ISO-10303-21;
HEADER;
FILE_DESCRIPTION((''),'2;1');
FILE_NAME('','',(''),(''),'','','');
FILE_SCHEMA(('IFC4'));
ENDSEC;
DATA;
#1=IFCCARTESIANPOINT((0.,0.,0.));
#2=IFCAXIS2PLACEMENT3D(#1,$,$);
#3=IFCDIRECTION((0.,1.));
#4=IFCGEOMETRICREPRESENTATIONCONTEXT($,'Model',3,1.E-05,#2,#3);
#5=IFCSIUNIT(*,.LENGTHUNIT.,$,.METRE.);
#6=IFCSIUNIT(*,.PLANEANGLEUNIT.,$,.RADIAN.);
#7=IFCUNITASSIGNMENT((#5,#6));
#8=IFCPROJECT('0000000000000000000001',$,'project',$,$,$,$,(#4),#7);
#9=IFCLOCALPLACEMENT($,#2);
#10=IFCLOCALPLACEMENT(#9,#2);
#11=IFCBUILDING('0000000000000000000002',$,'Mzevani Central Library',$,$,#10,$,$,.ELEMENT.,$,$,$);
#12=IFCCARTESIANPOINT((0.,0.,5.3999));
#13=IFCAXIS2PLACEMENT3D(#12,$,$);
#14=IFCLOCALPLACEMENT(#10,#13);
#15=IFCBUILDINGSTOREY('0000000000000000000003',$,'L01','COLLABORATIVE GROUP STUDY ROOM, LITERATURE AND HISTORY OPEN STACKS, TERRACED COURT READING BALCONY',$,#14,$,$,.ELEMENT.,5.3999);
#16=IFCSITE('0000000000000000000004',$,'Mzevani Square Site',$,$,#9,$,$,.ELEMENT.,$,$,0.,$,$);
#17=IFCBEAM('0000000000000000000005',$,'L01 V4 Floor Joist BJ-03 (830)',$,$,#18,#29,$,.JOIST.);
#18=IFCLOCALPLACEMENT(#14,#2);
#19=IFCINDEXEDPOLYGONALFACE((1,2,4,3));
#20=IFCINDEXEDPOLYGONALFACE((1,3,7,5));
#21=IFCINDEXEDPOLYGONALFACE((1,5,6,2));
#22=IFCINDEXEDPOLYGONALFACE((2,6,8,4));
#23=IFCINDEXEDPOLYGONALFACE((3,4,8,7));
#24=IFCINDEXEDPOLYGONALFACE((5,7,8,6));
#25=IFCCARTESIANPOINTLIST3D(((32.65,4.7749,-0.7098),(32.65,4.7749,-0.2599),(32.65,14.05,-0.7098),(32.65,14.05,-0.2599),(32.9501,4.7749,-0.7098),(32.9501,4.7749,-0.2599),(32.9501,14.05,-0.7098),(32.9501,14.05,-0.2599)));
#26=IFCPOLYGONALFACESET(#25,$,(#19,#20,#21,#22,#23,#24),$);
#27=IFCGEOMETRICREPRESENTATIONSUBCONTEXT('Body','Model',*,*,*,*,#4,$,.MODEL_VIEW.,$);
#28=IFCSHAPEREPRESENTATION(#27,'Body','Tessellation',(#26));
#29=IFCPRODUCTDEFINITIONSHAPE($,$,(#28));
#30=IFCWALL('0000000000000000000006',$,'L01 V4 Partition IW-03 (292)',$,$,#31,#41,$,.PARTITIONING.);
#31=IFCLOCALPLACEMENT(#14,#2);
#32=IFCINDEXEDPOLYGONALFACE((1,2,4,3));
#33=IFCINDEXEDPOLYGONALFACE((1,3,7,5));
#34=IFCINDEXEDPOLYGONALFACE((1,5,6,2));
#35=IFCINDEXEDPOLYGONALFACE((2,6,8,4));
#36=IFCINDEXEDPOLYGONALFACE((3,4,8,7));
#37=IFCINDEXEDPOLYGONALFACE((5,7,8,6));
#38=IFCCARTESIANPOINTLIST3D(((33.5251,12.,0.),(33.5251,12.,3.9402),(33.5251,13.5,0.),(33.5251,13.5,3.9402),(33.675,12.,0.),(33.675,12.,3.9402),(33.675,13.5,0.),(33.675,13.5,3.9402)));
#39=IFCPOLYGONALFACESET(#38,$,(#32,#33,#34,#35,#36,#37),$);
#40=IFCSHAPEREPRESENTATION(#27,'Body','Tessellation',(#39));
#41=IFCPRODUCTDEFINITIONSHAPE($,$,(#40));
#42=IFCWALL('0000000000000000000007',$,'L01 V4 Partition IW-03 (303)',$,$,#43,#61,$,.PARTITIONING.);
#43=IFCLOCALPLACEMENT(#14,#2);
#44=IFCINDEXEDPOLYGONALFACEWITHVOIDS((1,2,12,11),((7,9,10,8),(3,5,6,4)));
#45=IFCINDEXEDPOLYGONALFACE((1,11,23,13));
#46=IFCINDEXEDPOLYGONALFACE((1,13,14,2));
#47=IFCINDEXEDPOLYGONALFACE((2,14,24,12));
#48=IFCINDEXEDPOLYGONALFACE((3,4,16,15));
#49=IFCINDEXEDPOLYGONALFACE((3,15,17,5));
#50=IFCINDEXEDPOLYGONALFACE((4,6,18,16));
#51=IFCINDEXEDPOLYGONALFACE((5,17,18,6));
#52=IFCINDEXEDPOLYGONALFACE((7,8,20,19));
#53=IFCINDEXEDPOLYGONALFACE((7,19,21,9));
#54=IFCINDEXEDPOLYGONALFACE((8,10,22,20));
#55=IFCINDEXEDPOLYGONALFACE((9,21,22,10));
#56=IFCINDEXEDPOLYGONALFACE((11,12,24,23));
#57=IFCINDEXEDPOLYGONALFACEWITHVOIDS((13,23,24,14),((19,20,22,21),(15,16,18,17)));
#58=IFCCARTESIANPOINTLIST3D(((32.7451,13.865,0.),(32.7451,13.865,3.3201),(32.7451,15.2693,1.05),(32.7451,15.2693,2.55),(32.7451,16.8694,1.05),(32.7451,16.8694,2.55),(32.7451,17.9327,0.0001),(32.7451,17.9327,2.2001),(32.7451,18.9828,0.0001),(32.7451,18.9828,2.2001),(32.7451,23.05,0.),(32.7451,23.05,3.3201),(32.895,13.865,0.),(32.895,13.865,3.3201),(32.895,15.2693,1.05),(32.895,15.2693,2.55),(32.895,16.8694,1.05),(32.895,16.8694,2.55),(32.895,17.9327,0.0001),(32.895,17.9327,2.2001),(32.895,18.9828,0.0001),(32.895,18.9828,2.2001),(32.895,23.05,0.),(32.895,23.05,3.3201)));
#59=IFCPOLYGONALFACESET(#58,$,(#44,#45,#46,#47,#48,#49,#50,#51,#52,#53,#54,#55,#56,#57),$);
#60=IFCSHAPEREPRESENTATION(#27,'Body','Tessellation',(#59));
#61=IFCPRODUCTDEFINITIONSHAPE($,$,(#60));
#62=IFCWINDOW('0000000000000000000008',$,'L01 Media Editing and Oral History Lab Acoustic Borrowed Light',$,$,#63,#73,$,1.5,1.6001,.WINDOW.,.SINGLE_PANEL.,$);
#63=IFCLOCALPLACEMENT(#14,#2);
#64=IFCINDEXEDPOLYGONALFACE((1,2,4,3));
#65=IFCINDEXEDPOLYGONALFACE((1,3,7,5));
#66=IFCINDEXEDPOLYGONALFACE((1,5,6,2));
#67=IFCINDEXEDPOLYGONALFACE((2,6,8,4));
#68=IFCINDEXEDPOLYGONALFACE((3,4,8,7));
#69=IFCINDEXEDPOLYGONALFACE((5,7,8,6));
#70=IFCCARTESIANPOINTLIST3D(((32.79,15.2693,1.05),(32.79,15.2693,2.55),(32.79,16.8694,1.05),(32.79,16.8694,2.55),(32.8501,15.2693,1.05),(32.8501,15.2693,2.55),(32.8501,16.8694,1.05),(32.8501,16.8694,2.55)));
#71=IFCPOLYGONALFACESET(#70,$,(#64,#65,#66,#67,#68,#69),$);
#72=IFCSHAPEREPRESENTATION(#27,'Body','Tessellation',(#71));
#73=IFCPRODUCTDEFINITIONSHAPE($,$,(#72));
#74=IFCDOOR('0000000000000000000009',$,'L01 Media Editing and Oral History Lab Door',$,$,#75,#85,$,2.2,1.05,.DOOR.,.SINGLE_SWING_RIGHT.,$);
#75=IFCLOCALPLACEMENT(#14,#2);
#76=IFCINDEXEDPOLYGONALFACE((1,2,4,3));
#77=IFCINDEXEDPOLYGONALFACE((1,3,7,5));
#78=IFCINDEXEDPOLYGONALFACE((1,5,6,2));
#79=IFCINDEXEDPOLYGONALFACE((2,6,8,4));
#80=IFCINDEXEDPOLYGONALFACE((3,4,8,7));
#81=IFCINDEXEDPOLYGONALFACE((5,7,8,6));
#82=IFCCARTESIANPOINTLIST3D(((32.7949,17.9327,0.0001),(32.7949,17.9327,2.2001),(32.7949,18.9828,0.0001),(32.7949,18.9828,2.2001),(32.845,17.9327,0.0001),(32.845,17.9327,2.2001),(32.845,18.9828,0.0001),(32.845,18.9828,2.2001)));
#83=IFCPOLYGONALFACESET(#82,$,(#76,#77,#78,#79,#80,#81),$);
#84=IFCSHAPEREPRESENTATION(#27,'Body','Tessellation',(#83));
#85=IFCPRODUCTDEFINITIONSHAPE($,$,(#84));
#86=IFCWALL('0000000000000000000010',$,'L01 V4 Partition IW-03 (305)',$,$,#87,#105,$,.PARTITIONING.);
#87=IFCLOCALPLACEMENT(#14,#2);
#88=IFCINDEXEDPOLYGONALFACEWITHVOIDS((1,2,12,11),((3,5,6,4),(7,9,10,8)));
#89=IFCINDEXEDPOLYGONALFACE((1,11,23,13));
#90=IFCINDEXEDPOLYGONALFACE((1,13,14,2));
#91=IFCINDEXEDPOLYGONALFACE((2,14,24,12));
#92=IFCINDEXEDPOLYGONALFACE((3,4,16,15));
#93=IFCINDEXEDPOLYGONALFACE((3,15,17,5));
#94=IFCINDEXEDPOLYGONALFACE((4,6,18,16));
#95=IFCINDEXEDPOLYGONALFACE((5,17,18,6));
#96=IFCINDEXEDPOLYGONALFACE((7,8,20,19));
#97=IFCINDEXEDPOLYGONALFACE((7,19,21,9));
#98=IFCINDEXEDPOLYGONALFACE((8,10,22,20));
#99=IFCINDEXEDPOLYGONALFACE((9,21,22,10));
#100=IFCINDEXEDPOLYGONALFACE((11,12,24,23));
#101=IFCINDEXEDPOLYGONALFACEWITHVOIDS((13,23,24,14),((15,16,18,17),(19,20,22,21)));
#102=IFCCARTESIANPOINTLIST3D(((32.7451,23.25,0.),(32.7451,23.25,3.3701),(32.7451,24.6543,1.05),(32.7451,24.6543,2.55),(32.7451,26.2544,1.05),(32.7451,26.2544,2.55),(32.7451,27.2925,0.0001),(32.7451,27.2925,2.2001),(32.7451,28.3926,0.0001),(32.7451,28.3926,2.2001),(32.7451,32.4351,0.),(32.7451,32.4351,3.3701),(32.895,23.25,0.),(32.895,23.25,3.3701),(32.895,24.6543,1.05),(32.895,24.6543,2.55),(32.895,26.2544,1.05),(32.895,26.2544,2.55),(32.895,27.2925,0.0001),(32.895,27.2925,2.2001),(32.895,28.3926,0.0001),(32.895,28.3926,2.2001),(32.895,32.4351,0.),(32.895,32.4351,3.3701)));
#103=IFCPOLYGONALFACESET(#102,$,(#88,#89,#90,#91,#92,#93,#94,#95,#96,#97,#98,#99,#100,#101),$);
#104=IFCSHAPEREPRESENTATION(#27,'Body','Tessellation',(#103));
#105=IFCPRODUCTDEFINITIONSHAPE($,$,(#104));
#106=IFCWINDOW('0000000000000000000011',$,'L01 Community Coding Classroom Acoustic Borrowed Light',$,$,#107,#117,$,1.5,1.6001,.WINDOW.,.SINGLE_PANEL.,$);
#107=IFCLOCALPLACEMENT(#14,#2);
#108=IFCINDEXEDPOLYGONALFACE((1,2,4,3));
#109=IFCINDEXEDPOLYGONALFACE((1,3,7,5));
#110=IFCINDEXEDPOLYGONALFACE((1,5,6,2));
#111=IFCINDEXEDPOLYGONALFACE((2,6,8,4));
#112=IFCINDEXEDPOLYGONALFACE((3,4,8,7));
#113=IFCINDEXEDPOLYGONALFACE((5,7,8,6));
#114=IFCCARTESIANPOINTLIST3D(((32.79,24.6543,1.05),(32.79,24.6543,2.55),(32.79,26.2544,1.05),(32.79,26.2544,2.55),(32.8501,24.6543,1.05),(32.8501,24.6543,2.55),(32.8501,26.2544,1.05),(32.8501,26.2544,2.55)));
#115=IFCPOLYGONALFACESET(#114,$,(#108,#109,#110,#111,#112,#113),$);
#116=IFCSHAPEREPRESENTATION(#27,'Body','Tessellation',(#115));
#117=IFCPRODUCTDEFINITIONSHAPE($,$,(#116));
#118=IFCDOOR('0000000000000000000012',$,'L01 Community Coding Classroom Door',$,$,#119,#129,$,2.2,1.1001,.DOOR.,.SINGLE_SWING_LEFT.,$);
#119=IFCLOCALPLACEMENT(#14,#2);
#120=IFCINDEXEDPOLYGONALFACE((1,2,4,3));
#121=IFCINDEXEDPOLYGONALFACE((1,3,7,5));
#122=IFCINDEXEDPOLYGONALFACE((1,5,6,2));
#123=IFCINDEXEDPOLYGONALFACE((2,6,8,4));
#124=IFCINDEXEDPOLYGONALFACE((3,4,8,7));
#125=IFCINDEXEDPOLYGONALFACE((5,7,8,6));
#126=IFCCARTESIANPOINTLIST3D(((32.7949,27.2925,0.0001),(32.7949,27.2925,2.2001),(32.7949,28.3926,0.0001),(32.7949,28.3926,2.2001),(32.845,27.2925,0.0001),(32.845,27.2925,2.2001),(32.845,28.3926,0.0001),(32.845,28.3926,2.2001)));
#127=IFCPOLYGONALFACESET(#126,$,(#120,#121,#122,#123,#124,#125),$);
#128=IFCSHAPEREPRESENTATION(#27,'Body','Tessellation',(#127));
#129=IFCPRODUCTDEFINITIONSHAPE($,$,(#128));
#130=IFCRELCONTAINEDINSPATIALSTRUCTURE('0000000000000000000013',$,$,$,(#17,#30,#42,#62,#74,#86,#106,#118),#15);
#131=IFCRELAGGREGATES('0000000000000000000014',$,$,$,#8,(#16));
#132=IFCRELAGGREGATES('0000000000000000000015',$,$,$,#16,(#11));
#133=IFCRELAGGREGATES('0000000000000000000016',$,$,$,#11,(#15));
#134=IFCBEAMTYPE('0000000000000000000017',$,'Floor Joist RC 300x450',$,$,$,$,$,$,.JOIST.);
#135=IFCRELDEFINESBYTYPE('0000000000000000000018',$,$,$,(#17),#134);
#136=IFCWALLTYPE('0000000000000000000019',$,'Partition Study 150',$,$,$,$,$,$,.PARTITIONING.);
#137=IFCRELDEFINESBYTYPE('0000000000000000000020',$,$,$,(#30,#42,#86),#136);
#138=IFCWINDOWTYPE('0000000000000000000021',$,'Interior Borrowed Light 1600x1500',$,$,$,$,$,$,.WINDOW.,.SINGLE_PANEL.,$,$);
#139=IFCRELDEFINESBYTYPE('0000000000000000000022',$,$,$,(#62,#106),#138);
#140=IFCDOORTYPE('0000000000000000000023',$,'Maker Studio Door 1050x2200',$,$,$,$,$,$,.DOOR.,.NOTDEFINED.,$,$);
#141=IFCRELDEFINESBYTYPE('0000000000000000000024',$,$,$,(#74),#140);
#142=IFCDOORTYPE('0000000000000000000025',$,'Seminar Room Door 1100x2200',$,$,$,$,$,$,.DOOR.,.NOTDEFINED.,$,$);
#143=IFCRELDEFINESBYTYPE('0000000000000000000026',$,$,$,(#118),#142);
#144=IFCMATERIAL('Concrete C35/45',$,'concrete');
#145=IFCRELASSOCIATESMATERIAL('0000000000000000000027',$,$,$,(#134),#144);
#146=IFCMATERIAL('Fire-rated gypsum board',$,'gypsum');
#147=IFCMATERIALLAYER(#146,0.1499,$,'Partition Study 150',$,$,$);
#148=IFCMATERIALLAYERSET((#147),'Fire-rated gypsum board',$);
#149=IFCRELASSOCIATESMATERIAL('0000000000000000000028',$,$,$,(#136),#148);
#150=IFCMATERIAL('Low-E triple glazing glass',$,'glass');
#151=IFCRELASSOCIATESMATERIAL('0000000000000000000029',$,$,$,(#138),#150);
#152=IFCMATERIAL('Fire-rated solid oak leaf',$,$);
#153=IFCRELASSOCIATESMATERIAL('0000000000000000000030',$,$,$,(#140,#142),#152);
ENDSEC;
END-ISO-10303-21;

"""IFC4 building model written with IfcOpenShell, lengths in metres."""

from ifc_helpers import new_model, si_unit, direction, frame, frame_2d, origin, origin_2d, place, context, subcontext, project, spatial, rectangle, extrude, material, layer, layer_set, material_profile, profile_set, type_object, element, fill, save


model = new_model("IFC4")

# Units and contexts
model_context = context("Model", 3, precision=1e-05, world=origin(), true_north=direction((0.0, 1.0)))
body_context = subcontext(model_context, "Body", "Model", "MODEL_VIEW")
ifc_project = project(units=[si_unit("LENGTHUNIT", "METRE"), si_unit("PLANEANGLEUNIT", "RADIAN")], contexts=[model_context])

# Site, building, storey
site_placement = place(None, origin())
site = spatial("IfcSite", under=ifc_project, at=site_placement, Name="Mzevani Square Site", CompositionType="ELEMENT", RefElevation=0.0)
building_placement = place(site_placement, origin())
building = spatial("IfcBuilding", under=site, at=building_placement, Name="Mzevani Central Library", CompositionType="ELEMENT")
storey_placement = place(building_placement, frame((0.0, 0.0, 5.3999)))
storey = spatial("IfcBuildingStorey", under=building, at=storey_placement, Name="L01", Description="COLLABORATIVE GROUP STUDY ROOM, LITERATURE AND HISTORY OPEN STACKS, TERRACED COURT READING BALCONY", CompositionType="ELEMENT", Elevation=5.3999)

# Beam
ifc_material_1 = material(Name="Concrete C35/45", Category="concrete")
ifc_material_profile_1 = material_profile(ifc_material_1, rectangle(XDim=0.3, YDim=0.45, at=origin_2d()), Name="RC J300x450")
ifc_profile_set_1 = profile_set([ifc_material_profile_1], Name="Concrete C35/45")
beam_type_1 = type_object("IfcBeamType", Name="Floor Joist RC 300x450", PredefinedType="JOIST", material=ifc_profile_set_1)
beam_1_placement = place(storey_placement, frame((32.8, 4.7749, -0.4849), z_axis=(0.0, 1.0, 0.0), x_axis=(-1.0, 0.0, 0.0)))
element("IfcBeam", 1, at=beam_1_placement, inside=storey, type_object=beam_type_1, Name="L01 V4 Floor Joist BJ-03 (830)", PredefinedType="JOIST", context=body_context, shape_type="SweptSolid", body=[
    extrude(rectangle(XDim=0.3, YDim=0.45, at=origin_2d()), origin(), (0.0, 0.0, 1.0), 9.2751),
])

# Wall
ifc_material_2 = material(Name="Fire-rated gypsum board", Category="gypsum")
ifc_layer = layer(ifc_material_2, 0.1499, Name="Partition Study 150")
ifc_layer_set = layer_set([ifc_layer], Name="Fire-rated gypsum board")
wall_type = type_object("IfcWallType", Name="Partition Study 150", PredefinedType="PARTITIONING", material=ifc_layer_set)
wall_1_placement = place(storey_placement, frame((33.6001, 13.5, 0.0), z_axis=(0.0, 0.0, 1.0), x_axis=(0.0, -1.0, 0.0)))
element("IfcWall", 2, at=wall_1_placement, inside=storey, type_object=wall_type, Name="L01 V4 Partition IW-03 (292)", PredefinedType="PARTITIONING", context=body_context, shape_type="SweptSolid", body=[
    extrude(rectangle(XDim=1.5, YDim=0.1499, at=frame_2d((0.75, 0.0))), origin(), (0.0, 0.0, 1.0), 3.9402),
])

# Walls, openings, windows, doors
wall_2_placement = place(storey_placement, frame((32.8201, 23.05, 0.0), z_axis=(0.0, 0.0, 1.0), x_axis=(0.0, -1.0, 0.0)))
wall_2 = element("IfcWall", 3, at=wall_2_placement, inside=storey, type_object=wall_type, Name="L01 V4 Partition IW-03 (303)", PredefinedType="PARTITIONING", context=body_context, shape_type="SweptSolid", body=[
    extrude(rectangle(XDim=9.1851, YDim=0.1499, at=frame_2d((4.5925, 0.0))), origin(), (0.0, 0.0, 1.0), 3.3201),
])
opening_1_placement = place(wall_2_placement, frame((4.0674, 0.0, 0.0)))
opening_1 = element("IfcOpeningElement", 4, at=opening_1_placement, cuts=wall_2, PredefinedType="OPENING", context=body_context, shape_type="SweptSolid", body=[
    extrude(rectangle(XDim=1.05, YDim=2.2, at=frame_2d((0.5249, 1.1001))), frame((0.0, 0.085, 0.0), z_axis=(0.0, -1.0, 0.0), x_axis=(1.0, 0.0, 0.0)), (0.0, 0.0, 1.0), 0.1699),
])
opening_2_placement = place(wall_2_placement, frame((6.1807, 0.0, 1.05)))
opening_2 = element("IfcOpeningElement", 5, at=opening_2_placement, cuts=wall_2, PredefinedType="OPENING", context=body_context, shape_type="SweptSolid", body=[
    extrude(rectangle(XDim=1.6001, YDim=1.5, at=frame_2d((0.8, 0.75))), frame((0.0, 0.085, 0.0), z_axis=(0.0, -1.0, 0.0), x_axis=(1.0, 0.0, 0.0)), (0.0, 0.0, 1.0), 0.1699),
])
ifc_material_3 = material(Name="Low-E triple glazing glass", Category="glass")
window_type = type_object("IfcWindowType", Name="Interior Borrowed Light 1600x1500", PartitioningType="SINGLE_PANEL", PredefinedType="WINDOW", material=ifc_material_3)
window_1_placement = place(opening_2_placement, origin())
window_1 = element("IfcWindow", 6, at=window_1_placement, inside=storey, type_object=window_type, Name="L01 Media Editing and Oral History Lab Acoustic Borrowed Light", OverallHeight=1.5, OverallWidth=1.6001, PartitioningType="SINGLE_PANEL", PredefinedType="WINDOW", context=body_context, shape_type="SweptSolid", body=[
    extrude(rectangle(XDim=1.6001, YDim=1.5, at=frame_2d((0.8, 0.75))), frame((0.0, 0.03, 0.0), z_axis=(0.0, -1.0, 0.0), x_axis=(1.0, 0.0, 0.0)), (0.0, 0.0, 1.0), 0.0601),
])
fill(opening_2, window_1)
ifc_material_4 = material(Name="Fire-rated solid oak leaf")
door_type_1 = type_object("IfcDoorType", Name="Maker Studio Door 1050x2200", OperationType="NOTDEFINED", PredefinedType="DOOR", material=ifc_material_4)
door_1_placement = place(opening_1_placement, origin())
door_1 = element("IfcDoor", 7, at=door_1_placement, inside=storey, type_object=door_type_1, Name="L01 Media Editing and Oral History Lab Door", OperationType="SINGLE_SWING_RIGHT", OverallHeight=2.2, OverallWidth=1.05, PredefinedType="DOOR", context=body_context, shape_type="SweptSolid", body=[
    extrude(rectangle(XDim=1.05, YDim=2.2, at=frame_2d((0.5249, 1.1001))), frame((0.0, 0.0249, 0.0), z_axis=(0.0, -1.0, 0.0), x_axis=(1.0, 0.0, 0.0)), (0.0, 0.0, 1.0), 0.05),
])
fill(opening_1, door_1)
wall_3_placement = place(storey_placement, frame((32.8201, 32.4351, 0.0), z_axis=(0.0, 0.0, 1.0), x_axis=(0.0, -1.0, 0.0)))
wall_3 = element("IfcWall", 8, at=wall_3_placement, inside=storey, type_object=wall_type, Name="L01 V4 Partition IW-03 (305)", PredefinedType="PARTITIONING", context=body_context, shape_type="SweptSolid", body=[
    extrude(rectangle(XDim=9.1851, YDim=0.1499, at=frame_2d((4.5925, 0.0))), origin(), (0.0, 0.0, 1.0), 3.3701),
])
opening_3_placement = place(wall_3_placement, frame((4.0425, 0.0, 0.0)))
opening_3 = element("IfcOpeningElement", 9, at=opening_3_placement, cuts=wall_3, PredefinedType="OPENING", context=body_context, shape_type="SweptSolid", body=[
    extrude(rectangle(XDim=1.1001, YDim=2.2, at=frame_2d((0.55, 1.1001))), frame((0.0, 0.085, 0.0), z_axis=(0.0, -1.0, 0.0), x_axis=(1.0, 0.0, 0.0)), (0.0, 0.0, 1.0), 0.1699),
])
opening_4_placement = place(wall_3_placement, frame((6.1807, 0.0, 1.05)))
opening_4 = element("IfcOpeningElement", 10, at=opening_4_placement, cuts=wall_3, PredefinedType="OPENING", context=body_context, shape_type="SweptSolid", body=[
    extrude(rectangle(XDim=1.6001, YDim=1.5, at=frame_2d((0.8, 0.75))), frame((0.0, 0.085, 0.0), z_axis=(0.0, -1.0, 0.0), x_axis=(1.0, 0.0, 0.0)), (0.0, 0.0, 1.0), 0.1699),
])
window_2_placement = place(opening_4_placement, origin())
window_2 = element("IfcWindow", 11, at=window_2_placement, inside=storey, type_object=window_type, Name="L01 Community Coding Classroom Acoustic Borrowed Light", OverallHeight=1.5, OverallWidth=1.6001, PartitioningType="SINGLE_PANEL", PredefinedType="WINDOW", context=body_context, shape_type="SweptSolid", body=[
    extrude(rectangle(XDim=1.6001, YDim=1.5, at=frame_2d((0.8, 0.75))), frame((0.0, 0.03, 0.0), z_axis=(0.0, -1.0, 0.0), x_axis=(1.0, 0.0, 0.0)), (0.0, 0.0, 1.0), 0.0601),
])
fill(opening_4, window_2)
door_type_2 = type_object("IfcDoorType", Name="Seminar Room Door 1100x2200", OperationType="NOTDEFINED", PredefinedType="DOOR", material=ifc_material_4)
door_2_placement = place(opening_3_placement, origin())
door_2 = element("IfcDoor", 12, at=door_2_placement, inside=storey, type_object=door_type_2, Name="L01 Community Coding Classroom Door", OperationType="SINGLE_SWING_LEFT", OverallHeight=2.2, OverallWidth=1.1001, PredefinedType="DOOR", context=body_context, shape_type="SweptSolid", body=[
    extrude(rectangle(XDim=1.1001, YDim=2.2, at=frame_2d((0.55, 1.1001))), frame((0.0, 0.0249, 0.0), z_axis=(0.0, -1.0, 0.0), x_axis=(1.0, 0.0, 0.0)), (0.0, 0.0, 1.0), 0.05),
])
fill(opening_3, door_2)

save(model, "model.ifc")
